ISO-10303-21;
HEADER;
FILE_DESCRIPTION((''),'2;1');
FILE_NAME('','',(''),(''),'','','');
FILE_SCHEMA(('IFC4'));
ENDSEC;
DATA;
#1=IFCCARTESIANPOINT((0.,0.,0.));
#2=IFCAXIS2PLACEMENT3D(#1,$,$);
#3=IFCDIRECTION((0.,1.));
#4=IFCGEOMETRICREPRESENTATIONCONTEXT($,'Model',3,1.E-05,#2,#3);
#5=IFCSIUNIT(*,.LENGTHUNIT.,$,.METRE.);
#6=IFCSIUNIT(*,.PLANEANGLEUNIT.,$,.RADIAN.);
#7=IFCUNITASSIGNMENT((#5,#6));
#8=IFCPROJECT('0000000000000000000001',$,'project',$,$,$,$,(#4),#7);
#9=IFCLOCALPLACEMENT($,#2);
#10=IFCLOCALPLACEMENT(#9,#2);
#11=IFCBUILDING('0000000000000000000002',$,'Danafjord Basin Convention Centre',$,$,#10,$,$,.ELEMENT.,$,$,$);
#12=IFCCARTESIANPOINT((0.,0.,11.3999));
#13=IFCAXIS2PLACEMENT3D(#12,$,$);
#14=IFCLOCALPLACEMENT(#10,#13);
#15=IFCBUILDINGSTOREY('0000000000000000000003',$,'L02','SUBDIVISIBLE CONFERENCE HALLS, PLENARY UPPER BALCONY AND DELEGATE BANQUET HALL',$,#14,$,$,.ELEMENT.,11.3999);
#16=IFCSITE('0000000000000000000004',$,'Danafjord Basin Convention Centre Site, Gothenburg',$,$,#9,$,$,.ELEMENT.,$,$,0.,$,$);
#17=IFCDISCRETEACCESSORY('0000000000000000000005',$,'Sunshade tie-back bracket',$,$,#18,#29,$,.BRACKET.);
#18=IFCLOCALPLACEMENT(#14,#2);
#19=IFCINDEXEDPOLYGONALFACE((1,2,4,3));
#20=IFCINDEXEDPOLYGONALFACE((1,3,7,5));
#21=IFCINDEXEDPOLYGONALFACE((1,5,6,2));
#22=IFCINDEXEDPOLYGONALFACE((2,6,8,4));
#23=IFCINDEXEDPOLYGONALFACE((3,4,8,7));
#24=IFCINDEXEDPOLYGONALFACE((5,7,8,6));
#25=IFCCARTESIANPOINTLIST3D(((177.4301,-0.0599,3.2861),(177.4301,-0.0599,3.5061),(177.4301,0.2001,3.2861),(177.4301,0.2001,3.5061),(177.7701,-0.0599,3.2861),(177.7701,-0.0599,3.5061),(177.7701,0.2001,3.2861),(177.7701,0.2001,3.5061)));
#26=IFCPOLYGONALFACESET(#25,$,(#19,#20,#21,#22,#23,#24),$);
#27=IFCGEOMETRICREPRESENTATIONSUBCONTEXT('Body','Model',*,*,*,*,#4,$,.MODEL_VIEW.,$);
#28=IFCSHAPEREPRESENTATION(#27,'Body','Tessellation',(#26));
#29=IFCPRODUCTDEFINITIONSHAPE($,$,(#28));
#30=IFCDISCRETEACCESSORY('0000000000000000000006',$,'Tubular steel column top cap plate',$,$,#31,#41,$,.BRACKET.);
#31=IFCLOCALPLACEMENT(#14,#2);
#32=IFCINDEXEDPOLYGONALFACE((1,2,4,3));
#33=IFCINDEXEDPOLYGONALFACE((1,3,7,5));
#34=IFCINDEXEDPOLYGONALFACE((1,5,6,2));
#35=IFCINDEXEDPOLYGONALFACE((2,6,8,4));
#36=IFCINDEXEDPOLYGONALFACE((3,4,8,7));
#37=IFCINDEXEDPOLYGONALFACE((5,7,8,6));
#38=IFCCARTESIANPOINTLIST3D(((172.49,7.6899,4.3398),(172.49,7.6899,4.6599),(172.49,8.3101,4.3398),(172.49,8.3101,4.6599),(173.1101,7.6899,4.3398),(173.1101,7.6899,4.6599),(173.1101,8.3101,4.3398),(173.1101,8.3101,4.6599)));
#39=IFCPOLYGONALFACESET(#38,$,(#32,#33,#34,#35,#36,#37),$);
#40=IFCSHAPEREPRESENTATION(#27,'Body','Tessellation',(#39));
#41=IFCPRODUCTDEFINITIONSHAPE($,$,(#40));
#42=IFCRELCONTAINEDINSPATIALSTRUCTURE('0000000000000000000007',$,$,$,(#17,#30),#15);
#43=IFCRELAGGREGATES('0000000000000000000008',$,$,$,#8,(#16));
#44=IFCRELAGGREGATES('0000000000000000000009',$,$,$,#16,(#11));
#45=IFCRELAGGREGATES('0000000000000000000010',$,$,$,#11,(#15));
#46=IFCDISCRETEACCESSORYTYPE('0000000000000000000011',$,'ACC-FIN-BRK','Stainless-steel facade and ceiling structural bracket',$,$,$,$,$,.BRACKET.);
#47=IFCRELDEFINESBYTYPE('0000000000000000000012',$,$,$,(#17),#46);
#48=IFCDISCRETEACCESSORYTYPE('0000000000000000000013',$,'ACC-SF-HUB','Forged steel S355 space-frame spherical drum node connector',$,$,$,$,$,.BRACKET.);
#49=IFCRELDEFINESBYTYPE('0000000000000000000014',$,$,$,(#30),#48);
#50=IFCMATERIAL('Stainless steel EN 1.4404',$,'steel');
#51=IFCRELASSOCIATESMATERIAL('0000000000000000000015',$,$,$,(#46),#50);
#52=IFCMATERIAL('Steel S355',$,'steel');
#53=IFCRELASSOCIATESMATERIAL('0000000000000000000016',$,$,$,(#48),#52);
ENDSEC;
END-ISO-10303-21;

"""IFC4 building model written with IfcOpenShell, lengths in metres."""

from ifc_helpers import new_model, si_unit, direction, frame, origin, origin_2d, place, context, subcontext, project, spatial, rectangle, extrude, material, type_object, element, save


model = new_model("IFC4")

# Units and contexts
model_context = context("Model", 3, precision=1e-05, world=origin(), true_north=direction((0.0, 1.0)))
body_context = subcontext(model_context, "Body", "Model", "MODEL_VIEW")
ifc_project = project(units=[si_unit("LENGTHUNIT", "METRE"), si_unit("PLANEANGLEUNIT", "RADIAN")], contexts=[model_context])

# Site, building, storey
site_placement = place(None, origin())
site = spatial("IfcSite", under=ifc_project, at=site_placement, Name="Danafjord Basin Convention Centre Site, Gothenburg", CompositionType="ELEMENT", RefElevation=0.0)
building_placement = place(site_placement, origin())
building = spatial("IfcBuilding", under=site, at=building_placement, Name="Danafjord Basin Convention Centre", CompositionType="ELEMENT")
storey_placement = place(building_placement, frame((0.0, 0.0, 11.3999)))
storey = spatial("IfcBuildingStorey", under=building, at=storey_placement, Name="L02", Description="SUBDIVISIBLE CONFERENCE HALLS, PLENARY UPPER BALCONY AND DELEGATE BANQUET HALL", CompositionType="ELEMENT", Elevation=11.3999)

# Shared definitions
ifc_material_1 = material(Name="Steel S355", Category="steel")

# Discrete accessories
ifc_material_2 = material(Name="Stainless steel EN 1.4404", Category="steel")
discrete_accessory_type_1 = type_object("IfcDiscreteAccessoryType", Name="ACC-FIN-BRK", Description="Stainless-steel facade and ceiling structural bracket", PredefinedType="BRACKET", material=ifc_material_2)
discrete_accessory_1_placement = place(storey_placement, frame((177.6001, 0.0701, 3.2861), z_axis=(0.0, 0.0, 1.0), x_axis=(1.0, 0.0, 0.0)))
element("IfcDiscreteAccessory", 1, at=discrete_accessory_1_placement, inside=storey, type_object=discrete_accessory_type_1, Name="Sunshade tie-back bracket", PredefinedType="BRACKET", context=body_context, shape_type="SweptSolid", body=[
    extrude(rectangle(XDim=0.3401, YDim=0.26, at=origin_2d()), origin(), (0.0, 0.0, 1.0), 0.22),
])
discrete_accessory_type_2 = type_object("IfcDiscreteAccessoryType", Name="ACC-SF-HUB", Description="Forged steel S355 space-frame spherical drum node connector", PredefinedType="BRACKET", material=ifc_material_1)
discrete_accessory_2_placement = place(storey_placement, frame((172.8, 8.0, 4.3398), z_axis=(0.0, 0.0, 1.0), x_axis=(1.0, 0.0, 0.0)))
element("IfcDiscreteAccessory", 2, at=discrete_accessory_2_placement, inside=storey, type_object=discrete_accessory_type_2, Name="Tubular steel column top cap plate", PredefinedType="BRACKET", context=body_context, shape_type="SweptSolid", body=[
    extrude(rectangle(XDim=0.6201, YDim=0.6201, at=origin_2d()), origin(), (0.0, 0.0, 1.0), 0.3201),
])

save(model, "model.ifc")
